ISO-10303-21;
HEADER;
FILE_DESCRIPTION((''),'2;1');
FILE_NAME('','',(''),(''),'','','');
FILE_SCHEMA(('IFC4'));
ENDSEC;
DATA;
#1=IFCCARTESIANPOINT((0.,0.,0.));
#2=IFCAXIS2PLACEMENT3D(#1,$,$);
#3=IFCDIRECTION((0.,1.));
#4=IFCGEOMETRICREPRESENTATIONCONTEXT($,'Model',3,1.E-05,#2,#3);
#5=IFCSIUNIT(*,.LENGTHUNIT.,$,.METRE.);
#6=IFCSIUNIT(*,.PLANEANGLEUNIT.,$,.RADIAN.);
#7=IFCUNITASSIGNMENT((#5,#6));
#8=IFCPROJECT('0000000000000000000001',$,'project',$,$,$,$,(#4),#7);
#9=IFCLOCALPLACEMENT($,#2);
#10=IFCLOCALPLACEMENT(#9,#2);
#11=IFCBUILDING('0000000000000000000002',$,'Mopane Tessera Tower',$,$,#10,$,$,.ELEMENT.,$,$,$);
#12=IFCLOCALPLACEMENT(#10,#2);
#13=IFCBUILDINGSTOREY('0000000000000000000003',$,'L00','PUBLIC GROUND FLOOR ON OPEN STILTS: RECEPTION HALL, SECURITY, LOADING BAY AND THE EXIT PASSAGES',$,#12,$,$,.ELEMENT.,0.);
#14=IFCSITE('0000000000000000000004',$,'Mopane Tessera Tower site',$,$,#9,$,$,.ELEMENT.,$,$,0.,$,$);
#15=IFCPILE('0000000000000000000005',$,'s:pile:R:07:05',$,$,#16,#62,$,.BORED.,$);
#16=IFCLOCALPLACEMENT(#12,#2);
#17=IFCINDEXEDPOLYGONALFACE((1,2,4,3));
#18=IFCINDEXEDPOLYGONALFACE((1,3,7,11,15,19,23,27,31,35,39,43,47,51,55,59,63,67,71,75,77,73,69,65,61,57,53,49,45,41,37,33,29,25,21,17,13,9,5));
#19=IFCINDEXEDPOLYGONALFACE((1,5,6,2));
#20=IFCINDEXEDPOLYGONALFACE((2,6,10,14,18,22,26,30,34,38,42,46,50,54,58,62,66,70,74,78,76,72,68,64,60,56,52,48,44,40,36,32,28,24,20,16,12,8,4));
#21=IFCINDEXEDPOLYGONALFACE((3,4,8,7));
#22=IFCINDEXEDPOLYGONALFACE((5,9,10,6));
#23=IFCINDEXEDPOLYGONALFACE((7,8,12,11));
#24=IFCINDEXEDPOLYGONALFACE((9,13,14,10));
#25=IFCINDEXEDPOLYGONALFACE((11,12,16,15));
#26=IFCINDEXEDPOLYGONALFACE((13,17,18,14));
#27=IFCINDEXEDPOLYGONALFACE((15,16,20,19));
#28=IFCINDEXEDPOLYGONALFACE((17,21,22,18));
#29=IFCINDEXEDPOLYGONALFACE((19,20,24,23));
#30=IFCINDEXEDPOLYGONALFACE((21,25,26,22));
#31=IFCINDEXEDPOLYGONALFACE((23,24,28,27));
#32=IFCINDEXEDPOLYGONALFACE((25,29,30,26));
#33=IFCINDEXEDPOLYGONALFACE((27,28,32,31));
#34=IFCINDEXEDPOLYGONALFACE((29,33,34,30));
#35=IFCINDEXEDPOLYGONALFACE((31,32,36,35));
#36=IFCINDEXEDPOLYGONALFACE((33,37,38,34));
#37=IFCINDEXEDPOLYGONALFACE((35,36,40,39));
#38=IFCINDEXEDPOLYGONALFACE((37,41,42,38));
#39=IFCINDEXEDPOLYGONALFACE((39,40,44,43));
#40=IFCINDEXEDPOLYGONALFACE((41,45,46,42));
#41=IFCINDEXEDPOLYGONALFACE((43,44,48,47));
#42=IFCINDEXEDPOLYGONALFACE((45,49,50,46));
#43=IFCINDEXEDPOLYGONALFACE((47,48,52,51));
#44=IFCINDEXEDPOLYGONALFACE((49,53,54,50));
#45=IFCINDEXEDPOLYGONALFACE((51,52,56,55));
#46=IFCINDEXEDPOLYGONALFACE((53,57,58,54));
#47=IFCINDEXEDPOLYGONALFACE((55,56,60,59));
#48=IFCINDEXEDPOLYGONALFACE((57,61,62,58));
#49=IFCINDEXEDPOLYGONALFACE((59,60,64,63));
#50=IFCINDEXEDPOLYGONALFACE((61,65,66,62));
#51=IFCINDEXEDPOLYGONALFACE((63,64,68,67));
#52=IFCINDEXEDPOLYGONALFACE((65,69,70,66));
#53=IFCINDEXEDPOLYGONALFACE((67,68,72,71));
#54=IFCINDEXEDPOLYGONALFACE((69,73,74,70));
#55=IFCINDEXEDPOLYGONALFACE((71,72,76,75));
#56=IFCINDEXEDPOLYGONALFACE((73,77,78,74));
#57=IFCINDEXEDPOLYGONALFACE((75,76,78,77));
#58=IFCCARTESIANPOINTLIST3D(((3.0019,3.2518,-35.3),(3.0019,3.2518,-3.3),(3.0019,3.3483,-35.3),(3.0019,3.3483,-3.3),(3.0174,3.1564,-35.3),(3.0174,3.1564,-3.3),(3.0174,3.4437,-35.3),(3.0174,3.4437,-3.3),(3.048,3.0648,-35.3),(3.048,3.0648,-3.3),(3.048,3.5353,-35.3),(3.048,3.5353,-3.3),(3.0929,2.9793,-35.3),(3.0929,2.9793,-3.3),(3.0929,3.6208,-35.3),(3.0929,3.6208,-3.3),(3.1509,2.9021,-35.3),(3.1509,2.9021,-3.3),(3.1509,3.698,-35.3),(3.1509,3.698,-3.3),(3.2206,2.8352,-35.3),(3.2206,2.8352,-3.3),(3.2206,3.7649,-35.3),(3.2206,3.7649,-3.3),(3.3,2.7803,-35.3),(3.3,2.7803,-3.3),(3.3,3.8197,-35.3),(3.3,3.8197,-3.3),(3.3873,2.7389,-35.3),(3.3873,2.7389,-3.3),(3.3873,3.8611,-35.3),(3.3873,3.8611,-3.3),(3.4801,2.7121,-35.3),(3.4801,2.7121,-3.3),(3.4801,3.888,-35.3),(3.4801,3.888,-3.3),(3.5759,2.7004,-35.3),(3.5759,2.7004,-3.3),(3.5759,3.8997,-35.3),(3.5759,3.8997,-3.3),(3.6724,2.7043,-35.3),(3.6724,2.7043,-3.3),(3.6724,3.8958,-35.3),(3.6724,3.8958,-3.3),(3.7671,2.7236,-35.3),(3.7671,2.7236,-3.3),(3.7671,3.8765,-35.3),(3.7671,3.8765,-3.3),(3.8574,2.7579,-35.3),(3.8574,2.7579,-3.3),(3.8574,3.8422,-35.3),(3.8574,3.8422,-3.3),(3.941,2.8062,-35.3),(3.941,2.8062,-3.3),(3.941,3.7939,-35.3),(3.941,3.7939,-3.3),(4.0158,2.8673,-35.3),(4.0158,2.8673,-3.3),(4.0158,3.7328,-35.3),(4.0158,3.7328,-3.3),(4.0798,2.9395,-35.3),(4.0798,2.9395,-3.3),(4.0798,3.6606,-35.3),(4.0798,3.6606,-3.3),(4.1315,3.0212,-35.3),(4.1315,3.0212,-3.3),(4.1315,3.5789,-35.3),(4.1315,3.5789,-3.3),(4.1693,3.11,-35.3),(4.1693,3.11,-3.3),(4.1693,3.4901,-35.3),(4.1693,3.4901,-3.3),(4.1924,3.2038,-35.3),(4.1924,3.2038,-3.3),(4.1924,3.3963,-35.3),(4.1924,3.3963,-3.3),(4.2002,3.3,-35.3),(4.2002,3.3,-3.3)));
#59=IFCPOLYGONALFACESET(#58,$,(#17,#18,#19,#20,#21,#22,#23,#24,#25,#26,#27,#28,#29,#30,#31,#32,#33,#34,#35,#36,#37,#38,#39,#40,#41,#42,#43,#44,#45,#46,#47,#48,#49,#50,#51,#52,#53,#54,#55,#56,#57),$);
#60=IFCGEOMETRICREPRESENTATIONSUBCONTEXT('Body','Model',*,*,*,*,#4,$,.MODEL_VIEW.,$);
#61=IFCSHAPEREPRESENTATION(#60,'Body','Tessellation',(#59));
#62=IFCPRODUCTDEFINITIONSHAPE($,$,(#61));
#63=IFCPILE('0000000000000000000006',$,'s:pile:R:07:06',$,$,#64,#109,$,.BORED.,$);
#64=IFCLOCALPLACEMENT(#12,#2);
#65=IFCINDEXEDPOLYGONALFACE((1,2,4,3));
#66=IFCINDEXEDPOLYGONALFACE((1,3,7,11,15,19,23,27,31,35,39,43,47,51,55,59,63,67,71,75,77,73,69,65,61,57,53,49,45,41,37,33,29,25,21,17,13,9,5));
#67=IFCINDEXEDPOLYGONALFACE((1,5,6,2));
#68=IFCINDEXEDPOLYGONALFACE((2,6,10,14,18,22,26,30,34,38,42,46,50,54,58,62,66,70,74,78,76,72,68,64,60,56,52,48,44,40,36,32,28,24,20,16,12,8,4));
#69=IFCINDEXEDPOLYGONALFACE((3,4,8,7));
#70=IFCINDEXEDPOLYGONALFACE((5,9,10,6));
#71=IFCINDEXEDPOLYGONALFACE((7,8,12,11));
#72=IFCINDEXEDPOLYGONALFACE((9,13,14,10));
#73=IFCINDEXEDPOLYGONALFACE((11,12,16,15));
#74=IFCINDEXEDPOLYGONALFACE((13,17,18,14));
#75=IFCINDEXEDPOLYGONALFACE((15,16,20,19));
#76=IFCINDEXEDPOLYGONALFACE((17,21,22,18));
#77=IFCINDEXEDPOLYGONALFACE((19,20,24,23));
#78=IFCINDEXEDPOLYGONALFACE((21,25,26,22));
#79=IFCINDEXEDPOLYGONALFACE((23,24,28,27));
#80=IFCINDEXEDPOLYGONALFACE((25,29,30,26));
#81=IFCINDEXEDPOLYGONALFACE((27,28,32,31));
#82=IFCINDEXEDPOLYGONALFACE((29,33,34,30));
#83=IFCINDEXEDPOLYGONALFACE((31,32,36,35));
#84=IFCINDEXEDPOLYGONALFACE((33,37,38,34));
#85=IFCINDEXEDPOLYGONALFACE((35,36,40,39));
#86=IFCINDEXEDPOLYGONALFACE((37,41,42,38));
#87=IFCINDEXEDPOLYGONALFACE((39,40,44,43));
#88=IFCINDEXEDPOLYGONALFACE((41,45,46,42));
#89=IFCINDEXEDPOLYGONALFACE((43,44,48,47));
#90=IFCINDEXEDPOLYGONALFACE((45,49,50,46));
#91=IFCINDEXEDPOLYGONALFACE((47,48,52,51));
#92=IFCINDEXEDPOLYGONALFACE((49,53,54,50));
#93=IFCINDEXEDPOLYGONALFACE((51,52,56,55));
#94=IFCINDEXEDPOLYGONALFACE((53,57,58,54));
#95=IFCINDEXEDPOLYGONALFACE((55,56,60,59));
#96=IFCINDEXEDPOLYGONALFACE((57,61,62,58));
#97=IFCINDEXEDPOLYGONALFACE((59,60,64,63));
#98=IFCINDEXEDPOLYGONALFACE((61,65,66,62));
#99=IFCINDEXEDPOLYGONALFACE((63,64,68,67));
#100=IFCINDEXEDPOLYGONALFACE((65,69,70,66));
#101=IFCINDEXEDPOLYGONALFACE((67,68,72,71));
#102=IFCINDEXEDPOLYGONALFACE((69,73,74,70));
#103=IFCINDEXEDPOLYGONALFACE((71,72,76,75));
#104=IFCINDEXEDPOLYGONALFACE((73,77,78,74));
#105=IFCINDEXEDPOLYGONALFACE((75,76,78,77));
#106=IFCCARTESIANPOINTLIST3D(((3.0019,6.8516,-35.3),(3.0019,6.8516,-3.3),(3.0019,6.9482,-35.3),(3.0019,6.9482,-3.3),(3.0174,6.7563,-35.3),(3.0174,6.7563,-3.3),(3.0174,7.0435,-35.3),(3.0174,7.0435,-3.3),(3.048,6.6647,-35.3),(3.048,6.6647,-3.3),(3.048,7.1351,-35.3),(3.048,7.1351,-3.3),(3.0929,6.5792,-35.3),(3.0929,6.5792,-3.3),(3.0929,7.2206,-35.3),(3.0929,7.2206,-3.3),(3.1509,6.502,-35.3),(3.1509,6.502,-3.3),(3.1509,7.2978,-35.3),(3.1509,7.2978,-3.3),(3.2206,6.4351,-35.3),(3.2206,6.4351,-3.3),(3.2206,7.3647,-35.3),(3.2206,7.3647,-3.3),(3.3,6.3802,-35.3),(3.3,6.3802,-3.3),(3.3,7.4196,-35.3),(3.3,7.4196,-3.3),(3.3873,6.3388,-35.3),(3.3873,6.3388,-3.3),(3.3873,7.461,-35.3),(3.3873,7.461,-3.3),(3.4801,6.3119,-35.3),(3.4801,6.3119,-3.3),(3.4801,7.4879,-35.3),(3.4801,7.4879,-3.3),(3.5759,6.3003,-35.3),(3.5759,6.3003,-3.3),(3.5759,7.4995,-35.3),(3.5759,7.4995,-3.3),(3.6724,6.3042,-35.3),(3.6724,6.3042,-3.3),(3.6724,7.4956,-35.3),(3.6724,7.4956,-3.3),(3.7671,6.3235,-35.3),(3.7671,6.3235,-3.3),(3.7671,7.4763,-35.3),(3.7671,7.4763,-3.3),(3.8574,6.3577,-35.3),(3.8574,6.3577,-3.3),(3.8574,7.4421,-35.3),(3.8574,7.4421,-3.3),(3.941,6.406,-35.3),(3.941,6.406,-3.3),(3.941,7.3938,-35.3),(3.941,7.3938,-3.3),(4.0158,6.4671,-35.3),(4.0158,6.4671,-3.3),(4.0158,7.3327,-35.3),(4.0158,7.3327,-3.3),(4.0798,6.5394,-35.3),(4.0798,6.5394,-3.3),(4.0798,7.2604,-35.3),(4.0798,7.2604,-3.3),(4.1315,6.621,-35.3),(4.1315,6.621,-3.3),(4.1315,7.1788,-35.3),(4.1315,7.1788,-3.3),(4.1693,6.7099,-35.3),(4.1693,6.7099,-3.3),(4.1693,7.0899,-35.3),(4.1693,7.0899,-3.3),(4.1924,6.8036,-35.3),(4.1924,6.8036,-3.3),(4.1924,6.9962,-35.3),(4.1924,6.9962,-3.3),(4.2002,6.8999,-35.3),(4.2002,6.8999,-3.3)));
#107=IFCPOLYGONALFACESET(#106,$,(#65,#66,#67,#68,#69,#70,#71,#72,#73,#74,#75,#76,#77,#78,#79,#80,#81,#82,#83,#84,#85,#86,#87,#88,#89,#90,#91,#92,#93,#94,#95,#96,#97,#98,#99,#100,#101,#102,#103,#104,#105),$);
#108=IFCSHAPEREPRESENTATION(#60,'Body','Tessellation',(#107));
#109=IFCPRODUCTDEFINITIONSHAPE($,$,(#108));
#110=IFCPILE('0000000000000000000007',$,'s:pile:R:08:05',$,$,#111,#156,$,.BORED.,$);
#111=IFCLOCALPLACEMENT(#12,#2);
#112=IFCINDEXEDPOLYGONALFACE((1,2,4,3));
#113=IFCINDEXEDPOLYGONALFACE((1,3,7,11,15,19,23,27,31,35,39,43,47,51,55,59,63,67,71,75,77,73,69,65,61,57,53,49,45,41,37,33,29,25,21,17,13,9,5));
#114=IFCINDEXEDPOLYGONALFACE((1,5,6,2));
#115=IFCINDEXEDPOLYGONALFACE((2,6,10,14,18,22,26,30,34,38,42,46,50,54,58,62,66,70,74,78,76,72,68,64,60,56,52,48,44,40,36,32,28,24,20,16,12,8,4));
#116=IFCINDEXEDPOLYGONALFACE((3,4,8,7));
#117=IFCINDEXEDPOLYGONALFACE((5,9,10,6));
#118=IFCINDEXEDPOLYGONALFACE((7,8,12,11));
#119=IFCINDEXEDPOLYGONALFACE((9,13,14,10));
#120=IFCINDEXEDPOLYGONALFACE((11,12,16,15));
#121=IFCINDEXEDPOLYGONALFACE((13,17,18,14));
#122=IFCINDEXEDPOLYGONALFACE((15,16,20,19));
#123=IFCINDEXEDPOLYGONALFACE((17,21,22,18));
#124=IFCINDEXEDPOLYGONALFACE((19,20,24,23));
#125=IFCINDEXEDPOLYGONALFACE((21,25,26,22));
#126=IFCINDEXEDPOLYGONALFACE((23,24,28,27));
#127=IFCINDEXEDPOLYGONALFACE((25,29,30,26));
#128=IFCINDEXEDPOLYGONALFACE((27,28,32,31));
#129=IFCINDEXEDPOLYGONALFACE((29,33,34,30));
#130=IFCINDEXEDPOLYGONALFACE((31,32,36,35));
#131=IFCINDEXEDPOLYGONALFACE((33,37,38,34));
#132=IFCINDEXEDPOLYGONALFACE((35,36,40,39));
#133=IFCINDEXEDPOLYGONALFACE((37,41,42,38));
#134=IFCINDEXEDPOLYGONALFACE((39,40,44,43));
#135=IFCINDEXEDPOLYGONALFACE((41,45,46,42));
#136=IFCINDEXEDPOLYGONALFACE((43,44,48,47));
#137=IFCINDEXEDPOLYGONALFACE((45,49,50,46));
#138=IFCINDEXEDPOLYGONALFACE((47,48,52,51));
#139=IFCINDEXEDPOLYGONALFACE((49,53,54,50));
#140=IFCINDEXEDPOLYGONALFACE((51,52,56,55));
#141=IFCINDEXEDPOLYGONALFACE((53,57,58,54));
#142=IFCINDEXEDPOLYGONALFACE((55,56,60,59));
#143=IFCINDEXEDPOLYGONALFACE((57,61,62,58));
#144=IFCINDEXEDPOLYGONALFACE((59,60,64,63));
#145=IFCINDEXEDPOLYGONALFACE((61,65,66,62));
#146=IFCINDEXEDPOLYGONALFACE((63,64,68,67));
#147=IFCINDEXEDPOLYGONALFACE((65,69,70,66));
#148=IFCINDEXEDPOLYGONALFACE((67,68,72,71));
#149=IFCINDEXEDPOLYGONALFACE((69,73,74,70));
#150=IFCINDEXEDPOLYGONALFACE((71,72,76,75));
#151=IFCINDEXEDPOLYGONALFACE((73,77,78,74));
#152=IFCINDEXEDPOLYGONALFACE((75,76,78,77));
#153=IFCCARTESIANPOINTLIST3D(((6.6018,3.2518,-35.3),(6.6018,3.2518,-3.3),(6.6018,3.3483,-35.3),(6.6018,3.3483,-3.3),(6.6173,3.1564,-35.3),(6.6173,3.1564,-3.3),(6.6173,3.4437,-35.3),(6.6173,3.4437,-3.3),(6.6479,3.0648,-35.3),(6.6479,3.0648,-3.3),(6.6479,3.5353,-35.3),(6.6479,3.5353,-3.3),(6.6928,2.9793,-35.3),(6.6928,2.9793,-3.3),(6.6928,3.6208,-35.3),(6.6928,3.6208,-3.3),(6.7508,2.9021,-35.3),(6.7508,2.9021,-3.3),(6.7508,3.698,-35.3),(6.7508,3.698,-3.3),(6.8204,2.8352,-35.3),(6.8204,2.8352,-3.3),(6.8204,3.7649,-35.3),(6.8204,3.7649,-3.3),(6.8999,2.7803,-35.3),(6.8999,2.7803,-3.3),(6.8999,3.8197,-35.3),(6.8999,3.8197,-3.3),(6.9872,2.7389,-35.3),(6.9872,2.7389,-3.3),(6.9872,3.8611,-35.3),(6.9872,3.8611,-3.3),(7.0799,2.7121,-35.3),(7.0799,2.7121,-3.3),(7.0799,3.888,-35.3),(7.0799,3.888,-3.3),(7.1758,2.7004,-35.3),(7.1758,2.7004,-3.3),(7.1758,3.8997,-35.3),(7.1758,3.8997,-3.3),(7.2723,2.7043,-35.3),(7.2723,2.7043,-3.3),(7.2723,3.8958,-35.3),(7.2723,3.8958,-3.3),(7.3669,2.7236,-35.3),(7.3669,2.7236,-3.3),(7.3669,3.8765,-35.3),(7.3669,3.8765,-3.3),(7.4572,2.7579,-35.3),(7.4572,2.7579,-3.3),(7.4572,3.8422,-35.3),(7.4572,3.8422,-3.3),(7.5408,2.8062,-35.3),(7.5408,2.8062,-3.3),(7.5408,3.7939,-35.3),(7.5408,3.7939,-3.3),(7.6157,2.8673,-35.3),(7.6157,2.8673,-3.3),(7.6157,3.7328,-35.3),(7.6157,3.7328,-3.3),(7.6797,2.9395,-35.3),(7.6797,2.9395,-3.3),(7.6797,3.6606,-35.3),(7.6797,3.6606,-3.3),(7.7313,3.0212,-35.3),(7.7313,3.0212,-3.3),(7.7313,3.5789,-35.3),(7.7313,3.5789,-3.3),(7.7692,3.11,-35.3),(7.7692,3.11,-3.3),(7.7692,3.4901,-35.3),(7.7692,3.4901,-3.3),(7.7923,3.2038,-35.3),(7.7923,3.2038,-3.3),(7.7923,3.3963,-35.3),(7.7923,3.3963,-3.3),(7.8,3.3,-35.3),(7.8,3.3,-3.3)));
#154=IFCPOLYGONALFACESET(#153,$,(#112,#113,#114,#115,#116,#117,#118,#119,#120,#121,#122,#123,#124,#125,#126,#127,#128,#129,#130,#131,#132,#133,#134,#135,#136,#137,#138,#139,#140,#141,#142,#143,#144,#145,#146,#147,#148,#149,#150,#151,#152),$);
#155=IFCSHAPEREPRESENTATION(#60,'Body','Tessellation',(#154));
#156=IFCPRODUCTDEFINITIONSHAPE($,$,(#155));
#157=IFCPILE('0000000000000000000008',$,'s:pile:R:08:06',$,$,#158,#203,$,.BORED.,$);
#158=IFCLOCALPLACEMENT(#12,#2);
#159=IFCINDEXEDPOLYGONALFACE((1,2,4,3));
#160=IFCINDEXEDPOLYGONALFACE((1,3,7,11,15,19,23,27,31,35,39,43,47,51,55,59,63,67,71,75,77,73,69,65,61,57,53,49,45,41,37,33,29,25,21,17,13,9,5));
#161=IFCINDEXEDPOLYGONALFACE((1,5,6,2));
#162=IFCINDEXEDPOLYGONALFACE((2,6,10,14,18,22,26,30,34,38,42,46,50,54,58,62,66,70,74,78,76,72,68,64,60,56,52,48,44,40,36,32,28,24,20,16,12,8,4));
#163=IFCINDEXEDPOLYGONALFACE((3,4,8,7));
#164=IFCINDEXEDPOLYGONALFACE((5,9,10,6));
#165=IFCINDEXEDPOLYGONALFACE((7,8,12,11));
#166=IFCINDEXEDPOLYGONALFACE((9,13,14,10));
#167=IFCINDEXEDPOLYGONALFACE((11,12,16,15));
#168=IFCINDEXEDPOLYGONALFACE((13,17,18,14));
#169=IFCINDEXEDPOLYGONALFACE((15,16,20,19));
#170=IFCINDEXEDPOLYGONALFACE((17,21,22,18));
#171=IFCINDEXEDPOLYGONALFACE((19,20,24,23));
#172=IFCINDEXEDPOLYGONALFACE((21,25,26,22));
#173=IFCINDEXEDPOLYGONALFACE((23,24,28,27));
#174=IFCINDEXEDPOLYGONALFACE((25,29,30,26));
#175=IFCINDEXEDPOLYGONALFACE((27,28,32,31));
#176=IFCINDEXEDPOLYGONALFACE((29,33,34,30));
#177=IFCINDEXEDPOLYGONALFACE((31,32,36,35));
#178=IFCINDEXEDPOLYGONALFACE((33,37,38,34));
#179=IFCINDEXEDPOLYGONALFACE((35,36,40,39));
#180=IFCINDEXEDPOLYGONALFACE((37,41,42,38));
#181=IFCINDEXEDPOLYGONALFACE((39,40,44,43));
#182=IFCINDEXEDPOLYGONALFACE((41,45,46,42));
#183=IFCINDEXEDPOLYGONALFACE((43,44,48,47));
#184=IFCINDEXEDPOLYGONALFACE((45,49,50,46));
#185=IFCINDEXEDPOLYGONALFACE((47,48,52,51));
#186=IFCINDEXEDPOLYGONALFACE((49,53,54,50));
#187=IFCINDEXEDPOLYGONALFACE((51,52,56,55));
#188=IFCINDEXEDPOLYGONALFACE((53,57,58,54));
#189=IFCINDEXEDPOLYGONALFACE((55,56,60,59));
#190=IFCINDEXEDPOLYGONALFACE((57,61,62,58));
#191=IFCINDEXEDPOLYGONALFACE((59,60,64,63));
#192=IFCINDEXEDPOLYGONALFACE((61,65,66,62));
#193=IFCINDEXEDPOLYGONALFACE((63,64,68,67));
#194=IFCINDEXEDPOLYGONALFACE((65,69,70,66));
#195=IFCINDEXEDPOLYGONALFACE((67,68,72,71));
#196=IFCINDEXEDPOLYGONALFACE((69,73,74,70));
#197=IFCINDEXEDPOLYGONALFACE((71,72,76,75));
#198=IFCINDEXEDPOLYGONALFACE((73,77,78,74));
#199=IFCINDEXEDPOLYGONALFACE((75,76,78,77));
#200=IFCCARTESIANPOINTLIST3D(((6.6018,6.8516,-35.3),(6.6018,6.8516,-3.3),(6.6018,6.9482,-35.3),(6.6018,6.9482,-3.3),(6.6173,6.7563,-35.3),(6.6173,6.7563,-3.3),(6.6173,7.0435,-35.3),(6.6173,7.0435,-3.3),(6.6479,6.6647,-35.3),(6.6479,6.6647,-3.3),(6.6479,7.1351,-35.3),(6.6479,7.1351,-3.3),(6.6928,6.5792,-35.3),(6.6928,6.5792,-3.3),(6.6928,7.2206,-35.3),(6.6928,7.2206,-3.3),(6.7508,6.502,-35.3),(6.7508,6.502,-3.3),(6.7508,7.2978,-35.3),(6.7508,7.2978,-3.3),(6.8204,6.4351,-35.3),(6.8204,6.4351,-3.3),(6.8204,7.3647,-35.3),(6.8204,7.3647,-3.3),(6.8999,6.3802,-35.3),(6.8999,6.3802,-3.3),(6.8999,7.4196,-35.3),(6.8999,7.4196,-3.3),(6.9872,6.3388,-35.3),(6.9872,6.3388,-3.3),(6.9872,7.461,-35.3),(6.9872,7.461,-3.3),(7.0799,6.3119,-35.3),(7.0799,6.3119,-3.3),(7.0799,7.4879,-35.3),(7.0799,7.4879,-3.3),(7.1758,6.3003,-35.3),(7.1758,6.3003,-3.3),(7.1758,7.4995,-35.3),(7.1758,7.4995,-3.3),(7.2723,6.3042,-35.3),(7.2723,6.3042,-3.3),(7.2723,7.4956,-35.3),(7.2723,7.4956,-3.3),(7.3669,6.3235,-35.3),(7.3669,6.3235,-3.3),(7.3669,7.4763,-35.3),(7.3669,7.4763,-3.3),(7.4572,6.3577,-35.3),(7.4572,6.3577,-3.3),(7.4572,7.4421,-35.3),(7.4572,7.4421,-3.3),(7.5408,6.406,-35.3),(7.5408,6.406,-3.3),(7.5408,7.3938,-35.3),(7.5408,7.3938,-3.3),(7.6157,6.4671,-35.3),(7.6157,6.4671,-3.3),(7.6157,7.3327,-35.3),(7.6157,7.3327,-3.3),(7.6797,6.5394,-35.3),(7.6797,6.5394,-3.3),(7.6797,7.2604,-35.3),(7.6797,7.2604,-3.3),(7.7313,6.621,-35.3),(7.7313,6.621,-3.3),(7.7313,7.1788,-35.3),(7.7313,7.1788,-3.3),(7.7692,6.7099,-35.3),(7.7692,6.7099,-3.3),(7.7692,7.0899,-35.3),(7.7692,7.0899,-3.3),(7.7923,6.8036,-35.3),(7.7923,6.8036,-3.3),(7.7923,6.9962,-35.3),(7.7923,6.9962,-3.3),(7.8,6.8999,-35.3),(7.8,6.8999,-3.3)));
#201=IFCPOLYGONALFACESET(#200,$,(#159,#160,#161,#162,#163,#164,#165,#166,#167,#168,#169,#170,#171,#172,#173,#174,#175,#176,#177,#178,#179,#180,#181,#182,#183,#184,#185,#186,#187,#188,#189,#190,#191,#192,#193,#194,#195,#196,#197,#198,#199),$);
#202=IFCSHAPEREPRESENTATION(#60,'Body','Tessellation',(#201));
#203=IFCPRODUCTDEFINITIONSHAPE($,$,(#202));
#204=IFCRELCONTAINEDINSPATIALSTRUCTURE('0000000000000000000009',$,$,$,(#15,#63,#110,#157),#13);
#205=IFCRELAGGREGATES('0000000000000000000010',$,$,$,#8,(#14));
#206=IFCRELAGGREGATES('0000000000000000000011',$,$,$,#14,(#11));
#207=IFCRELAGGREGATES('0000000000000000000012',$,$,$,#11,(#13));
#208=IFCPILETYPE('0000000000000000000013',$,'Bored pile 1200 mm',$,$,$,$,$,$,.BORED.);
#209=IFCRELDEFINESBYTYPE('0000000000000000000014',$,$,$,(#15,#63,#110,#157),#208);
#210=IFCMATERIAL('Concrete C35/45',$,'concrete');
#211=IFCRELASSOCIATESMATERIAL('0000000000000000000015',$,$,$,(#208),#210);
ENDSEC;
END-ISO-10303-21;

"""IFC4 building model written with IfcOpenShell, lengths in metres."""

from ifc_helpers import new_model, si_unit, direction, frame, origin, origin_2d, place, context, subcontext, project, spatial, circle, extrude, material, material_profile, profile_set, type_object, element, save


model = new_model("IFC4")

# Units and contexts
model_context = context("Model", 3, precision=1e-05, world=origin(), true_north=direction((0.0, 1.0)))
body_context = subcontext(model_context, "Body", "Model", "MODEL_VIEW")
ifc_project = project(units=[si_unit("LENGTHUNIT", "METRE"), si_unit("PLANEANGLEUNIT", "RADIAN")], contexts=[model_context])

# Site, building, storey
site_placement = place(None, origin())
site = spatial("IfcSite", under=ifc_project, at=site_placement, Name="Mopane Tessera Tower site", CompositionType="ELEMENT", RefElevation=0.0)
building_placement = place(site_placement, origin())
building = spatial("IfcBuilding", under=site, at=building_placement, Name="Mopane Tessera Tower", CompositionType="ELEMENT")
storey_placement = place(building_placement, origin())
storey = spatial("IfcBuildingStorey", under=building, at=storey_placement, Name="L00", Description="PUBLIC GROUND FLOOR ON OPEN STILTS: RECEPTION HALL, SECURITY, LOADING BAY AND THE EXIT PASSAGES", CompositionType="ELEMENT", Elevation=0.0)

# Piles
ifc_material_1 = material(Name="Concrete C35/45", Category="concrete")
ifc_material_profile = material_profile(ifc_material_1, circle(Radius=0.6001, at=origin_2d()))
ifc_profile_set = profile_set([ifc_material_profile], Name="Concrete C35/45")
pile_type = type_object("IfcPileType", Name="Bored pile 1200 mm", PredefinedType="BORED", material=ifc_profile_set)
for number, where, z_axis, x_axis, name in (
    (1, (3.6001, 3.3, -3.3), (0.0, 0.0, -1.0), (1.0, 0.0, 0.0), "s:pile:R:07:05"),
    (2, (3.6001, 6.8999, -3.3), (0.0, 0.0, -1.0), (1.0, 0.0, 0.0), "s:pile:R:07:06"),
    (3, (7.2, 3.3, -3.3), (0.0, 0.0, -1.0), (1.0, 0.0, 0.0), "s:pile:R:08:05"),
    (4, (7.2, 6.8999, -3.3), (0.0, 0.0, -1.0), (1.0, 0.0, 0.0), "s:pile:R:08:06"),
):
    element("IfcPile", number, at=place(storey_placement, frame(where, z_axis=z_axis, x_axis=x_axis)), inside=storey, type_object=pile_type, Name=name, PredefinedType="BORED", context=body_context, shape_type="SweptSolid", body=[
        extrude(circle(Radius=0.6001, at=origin_2d()), origin(), (0.0, 0.0, 1.0), 32.0),
    ])

save(model, "model.ifc")
